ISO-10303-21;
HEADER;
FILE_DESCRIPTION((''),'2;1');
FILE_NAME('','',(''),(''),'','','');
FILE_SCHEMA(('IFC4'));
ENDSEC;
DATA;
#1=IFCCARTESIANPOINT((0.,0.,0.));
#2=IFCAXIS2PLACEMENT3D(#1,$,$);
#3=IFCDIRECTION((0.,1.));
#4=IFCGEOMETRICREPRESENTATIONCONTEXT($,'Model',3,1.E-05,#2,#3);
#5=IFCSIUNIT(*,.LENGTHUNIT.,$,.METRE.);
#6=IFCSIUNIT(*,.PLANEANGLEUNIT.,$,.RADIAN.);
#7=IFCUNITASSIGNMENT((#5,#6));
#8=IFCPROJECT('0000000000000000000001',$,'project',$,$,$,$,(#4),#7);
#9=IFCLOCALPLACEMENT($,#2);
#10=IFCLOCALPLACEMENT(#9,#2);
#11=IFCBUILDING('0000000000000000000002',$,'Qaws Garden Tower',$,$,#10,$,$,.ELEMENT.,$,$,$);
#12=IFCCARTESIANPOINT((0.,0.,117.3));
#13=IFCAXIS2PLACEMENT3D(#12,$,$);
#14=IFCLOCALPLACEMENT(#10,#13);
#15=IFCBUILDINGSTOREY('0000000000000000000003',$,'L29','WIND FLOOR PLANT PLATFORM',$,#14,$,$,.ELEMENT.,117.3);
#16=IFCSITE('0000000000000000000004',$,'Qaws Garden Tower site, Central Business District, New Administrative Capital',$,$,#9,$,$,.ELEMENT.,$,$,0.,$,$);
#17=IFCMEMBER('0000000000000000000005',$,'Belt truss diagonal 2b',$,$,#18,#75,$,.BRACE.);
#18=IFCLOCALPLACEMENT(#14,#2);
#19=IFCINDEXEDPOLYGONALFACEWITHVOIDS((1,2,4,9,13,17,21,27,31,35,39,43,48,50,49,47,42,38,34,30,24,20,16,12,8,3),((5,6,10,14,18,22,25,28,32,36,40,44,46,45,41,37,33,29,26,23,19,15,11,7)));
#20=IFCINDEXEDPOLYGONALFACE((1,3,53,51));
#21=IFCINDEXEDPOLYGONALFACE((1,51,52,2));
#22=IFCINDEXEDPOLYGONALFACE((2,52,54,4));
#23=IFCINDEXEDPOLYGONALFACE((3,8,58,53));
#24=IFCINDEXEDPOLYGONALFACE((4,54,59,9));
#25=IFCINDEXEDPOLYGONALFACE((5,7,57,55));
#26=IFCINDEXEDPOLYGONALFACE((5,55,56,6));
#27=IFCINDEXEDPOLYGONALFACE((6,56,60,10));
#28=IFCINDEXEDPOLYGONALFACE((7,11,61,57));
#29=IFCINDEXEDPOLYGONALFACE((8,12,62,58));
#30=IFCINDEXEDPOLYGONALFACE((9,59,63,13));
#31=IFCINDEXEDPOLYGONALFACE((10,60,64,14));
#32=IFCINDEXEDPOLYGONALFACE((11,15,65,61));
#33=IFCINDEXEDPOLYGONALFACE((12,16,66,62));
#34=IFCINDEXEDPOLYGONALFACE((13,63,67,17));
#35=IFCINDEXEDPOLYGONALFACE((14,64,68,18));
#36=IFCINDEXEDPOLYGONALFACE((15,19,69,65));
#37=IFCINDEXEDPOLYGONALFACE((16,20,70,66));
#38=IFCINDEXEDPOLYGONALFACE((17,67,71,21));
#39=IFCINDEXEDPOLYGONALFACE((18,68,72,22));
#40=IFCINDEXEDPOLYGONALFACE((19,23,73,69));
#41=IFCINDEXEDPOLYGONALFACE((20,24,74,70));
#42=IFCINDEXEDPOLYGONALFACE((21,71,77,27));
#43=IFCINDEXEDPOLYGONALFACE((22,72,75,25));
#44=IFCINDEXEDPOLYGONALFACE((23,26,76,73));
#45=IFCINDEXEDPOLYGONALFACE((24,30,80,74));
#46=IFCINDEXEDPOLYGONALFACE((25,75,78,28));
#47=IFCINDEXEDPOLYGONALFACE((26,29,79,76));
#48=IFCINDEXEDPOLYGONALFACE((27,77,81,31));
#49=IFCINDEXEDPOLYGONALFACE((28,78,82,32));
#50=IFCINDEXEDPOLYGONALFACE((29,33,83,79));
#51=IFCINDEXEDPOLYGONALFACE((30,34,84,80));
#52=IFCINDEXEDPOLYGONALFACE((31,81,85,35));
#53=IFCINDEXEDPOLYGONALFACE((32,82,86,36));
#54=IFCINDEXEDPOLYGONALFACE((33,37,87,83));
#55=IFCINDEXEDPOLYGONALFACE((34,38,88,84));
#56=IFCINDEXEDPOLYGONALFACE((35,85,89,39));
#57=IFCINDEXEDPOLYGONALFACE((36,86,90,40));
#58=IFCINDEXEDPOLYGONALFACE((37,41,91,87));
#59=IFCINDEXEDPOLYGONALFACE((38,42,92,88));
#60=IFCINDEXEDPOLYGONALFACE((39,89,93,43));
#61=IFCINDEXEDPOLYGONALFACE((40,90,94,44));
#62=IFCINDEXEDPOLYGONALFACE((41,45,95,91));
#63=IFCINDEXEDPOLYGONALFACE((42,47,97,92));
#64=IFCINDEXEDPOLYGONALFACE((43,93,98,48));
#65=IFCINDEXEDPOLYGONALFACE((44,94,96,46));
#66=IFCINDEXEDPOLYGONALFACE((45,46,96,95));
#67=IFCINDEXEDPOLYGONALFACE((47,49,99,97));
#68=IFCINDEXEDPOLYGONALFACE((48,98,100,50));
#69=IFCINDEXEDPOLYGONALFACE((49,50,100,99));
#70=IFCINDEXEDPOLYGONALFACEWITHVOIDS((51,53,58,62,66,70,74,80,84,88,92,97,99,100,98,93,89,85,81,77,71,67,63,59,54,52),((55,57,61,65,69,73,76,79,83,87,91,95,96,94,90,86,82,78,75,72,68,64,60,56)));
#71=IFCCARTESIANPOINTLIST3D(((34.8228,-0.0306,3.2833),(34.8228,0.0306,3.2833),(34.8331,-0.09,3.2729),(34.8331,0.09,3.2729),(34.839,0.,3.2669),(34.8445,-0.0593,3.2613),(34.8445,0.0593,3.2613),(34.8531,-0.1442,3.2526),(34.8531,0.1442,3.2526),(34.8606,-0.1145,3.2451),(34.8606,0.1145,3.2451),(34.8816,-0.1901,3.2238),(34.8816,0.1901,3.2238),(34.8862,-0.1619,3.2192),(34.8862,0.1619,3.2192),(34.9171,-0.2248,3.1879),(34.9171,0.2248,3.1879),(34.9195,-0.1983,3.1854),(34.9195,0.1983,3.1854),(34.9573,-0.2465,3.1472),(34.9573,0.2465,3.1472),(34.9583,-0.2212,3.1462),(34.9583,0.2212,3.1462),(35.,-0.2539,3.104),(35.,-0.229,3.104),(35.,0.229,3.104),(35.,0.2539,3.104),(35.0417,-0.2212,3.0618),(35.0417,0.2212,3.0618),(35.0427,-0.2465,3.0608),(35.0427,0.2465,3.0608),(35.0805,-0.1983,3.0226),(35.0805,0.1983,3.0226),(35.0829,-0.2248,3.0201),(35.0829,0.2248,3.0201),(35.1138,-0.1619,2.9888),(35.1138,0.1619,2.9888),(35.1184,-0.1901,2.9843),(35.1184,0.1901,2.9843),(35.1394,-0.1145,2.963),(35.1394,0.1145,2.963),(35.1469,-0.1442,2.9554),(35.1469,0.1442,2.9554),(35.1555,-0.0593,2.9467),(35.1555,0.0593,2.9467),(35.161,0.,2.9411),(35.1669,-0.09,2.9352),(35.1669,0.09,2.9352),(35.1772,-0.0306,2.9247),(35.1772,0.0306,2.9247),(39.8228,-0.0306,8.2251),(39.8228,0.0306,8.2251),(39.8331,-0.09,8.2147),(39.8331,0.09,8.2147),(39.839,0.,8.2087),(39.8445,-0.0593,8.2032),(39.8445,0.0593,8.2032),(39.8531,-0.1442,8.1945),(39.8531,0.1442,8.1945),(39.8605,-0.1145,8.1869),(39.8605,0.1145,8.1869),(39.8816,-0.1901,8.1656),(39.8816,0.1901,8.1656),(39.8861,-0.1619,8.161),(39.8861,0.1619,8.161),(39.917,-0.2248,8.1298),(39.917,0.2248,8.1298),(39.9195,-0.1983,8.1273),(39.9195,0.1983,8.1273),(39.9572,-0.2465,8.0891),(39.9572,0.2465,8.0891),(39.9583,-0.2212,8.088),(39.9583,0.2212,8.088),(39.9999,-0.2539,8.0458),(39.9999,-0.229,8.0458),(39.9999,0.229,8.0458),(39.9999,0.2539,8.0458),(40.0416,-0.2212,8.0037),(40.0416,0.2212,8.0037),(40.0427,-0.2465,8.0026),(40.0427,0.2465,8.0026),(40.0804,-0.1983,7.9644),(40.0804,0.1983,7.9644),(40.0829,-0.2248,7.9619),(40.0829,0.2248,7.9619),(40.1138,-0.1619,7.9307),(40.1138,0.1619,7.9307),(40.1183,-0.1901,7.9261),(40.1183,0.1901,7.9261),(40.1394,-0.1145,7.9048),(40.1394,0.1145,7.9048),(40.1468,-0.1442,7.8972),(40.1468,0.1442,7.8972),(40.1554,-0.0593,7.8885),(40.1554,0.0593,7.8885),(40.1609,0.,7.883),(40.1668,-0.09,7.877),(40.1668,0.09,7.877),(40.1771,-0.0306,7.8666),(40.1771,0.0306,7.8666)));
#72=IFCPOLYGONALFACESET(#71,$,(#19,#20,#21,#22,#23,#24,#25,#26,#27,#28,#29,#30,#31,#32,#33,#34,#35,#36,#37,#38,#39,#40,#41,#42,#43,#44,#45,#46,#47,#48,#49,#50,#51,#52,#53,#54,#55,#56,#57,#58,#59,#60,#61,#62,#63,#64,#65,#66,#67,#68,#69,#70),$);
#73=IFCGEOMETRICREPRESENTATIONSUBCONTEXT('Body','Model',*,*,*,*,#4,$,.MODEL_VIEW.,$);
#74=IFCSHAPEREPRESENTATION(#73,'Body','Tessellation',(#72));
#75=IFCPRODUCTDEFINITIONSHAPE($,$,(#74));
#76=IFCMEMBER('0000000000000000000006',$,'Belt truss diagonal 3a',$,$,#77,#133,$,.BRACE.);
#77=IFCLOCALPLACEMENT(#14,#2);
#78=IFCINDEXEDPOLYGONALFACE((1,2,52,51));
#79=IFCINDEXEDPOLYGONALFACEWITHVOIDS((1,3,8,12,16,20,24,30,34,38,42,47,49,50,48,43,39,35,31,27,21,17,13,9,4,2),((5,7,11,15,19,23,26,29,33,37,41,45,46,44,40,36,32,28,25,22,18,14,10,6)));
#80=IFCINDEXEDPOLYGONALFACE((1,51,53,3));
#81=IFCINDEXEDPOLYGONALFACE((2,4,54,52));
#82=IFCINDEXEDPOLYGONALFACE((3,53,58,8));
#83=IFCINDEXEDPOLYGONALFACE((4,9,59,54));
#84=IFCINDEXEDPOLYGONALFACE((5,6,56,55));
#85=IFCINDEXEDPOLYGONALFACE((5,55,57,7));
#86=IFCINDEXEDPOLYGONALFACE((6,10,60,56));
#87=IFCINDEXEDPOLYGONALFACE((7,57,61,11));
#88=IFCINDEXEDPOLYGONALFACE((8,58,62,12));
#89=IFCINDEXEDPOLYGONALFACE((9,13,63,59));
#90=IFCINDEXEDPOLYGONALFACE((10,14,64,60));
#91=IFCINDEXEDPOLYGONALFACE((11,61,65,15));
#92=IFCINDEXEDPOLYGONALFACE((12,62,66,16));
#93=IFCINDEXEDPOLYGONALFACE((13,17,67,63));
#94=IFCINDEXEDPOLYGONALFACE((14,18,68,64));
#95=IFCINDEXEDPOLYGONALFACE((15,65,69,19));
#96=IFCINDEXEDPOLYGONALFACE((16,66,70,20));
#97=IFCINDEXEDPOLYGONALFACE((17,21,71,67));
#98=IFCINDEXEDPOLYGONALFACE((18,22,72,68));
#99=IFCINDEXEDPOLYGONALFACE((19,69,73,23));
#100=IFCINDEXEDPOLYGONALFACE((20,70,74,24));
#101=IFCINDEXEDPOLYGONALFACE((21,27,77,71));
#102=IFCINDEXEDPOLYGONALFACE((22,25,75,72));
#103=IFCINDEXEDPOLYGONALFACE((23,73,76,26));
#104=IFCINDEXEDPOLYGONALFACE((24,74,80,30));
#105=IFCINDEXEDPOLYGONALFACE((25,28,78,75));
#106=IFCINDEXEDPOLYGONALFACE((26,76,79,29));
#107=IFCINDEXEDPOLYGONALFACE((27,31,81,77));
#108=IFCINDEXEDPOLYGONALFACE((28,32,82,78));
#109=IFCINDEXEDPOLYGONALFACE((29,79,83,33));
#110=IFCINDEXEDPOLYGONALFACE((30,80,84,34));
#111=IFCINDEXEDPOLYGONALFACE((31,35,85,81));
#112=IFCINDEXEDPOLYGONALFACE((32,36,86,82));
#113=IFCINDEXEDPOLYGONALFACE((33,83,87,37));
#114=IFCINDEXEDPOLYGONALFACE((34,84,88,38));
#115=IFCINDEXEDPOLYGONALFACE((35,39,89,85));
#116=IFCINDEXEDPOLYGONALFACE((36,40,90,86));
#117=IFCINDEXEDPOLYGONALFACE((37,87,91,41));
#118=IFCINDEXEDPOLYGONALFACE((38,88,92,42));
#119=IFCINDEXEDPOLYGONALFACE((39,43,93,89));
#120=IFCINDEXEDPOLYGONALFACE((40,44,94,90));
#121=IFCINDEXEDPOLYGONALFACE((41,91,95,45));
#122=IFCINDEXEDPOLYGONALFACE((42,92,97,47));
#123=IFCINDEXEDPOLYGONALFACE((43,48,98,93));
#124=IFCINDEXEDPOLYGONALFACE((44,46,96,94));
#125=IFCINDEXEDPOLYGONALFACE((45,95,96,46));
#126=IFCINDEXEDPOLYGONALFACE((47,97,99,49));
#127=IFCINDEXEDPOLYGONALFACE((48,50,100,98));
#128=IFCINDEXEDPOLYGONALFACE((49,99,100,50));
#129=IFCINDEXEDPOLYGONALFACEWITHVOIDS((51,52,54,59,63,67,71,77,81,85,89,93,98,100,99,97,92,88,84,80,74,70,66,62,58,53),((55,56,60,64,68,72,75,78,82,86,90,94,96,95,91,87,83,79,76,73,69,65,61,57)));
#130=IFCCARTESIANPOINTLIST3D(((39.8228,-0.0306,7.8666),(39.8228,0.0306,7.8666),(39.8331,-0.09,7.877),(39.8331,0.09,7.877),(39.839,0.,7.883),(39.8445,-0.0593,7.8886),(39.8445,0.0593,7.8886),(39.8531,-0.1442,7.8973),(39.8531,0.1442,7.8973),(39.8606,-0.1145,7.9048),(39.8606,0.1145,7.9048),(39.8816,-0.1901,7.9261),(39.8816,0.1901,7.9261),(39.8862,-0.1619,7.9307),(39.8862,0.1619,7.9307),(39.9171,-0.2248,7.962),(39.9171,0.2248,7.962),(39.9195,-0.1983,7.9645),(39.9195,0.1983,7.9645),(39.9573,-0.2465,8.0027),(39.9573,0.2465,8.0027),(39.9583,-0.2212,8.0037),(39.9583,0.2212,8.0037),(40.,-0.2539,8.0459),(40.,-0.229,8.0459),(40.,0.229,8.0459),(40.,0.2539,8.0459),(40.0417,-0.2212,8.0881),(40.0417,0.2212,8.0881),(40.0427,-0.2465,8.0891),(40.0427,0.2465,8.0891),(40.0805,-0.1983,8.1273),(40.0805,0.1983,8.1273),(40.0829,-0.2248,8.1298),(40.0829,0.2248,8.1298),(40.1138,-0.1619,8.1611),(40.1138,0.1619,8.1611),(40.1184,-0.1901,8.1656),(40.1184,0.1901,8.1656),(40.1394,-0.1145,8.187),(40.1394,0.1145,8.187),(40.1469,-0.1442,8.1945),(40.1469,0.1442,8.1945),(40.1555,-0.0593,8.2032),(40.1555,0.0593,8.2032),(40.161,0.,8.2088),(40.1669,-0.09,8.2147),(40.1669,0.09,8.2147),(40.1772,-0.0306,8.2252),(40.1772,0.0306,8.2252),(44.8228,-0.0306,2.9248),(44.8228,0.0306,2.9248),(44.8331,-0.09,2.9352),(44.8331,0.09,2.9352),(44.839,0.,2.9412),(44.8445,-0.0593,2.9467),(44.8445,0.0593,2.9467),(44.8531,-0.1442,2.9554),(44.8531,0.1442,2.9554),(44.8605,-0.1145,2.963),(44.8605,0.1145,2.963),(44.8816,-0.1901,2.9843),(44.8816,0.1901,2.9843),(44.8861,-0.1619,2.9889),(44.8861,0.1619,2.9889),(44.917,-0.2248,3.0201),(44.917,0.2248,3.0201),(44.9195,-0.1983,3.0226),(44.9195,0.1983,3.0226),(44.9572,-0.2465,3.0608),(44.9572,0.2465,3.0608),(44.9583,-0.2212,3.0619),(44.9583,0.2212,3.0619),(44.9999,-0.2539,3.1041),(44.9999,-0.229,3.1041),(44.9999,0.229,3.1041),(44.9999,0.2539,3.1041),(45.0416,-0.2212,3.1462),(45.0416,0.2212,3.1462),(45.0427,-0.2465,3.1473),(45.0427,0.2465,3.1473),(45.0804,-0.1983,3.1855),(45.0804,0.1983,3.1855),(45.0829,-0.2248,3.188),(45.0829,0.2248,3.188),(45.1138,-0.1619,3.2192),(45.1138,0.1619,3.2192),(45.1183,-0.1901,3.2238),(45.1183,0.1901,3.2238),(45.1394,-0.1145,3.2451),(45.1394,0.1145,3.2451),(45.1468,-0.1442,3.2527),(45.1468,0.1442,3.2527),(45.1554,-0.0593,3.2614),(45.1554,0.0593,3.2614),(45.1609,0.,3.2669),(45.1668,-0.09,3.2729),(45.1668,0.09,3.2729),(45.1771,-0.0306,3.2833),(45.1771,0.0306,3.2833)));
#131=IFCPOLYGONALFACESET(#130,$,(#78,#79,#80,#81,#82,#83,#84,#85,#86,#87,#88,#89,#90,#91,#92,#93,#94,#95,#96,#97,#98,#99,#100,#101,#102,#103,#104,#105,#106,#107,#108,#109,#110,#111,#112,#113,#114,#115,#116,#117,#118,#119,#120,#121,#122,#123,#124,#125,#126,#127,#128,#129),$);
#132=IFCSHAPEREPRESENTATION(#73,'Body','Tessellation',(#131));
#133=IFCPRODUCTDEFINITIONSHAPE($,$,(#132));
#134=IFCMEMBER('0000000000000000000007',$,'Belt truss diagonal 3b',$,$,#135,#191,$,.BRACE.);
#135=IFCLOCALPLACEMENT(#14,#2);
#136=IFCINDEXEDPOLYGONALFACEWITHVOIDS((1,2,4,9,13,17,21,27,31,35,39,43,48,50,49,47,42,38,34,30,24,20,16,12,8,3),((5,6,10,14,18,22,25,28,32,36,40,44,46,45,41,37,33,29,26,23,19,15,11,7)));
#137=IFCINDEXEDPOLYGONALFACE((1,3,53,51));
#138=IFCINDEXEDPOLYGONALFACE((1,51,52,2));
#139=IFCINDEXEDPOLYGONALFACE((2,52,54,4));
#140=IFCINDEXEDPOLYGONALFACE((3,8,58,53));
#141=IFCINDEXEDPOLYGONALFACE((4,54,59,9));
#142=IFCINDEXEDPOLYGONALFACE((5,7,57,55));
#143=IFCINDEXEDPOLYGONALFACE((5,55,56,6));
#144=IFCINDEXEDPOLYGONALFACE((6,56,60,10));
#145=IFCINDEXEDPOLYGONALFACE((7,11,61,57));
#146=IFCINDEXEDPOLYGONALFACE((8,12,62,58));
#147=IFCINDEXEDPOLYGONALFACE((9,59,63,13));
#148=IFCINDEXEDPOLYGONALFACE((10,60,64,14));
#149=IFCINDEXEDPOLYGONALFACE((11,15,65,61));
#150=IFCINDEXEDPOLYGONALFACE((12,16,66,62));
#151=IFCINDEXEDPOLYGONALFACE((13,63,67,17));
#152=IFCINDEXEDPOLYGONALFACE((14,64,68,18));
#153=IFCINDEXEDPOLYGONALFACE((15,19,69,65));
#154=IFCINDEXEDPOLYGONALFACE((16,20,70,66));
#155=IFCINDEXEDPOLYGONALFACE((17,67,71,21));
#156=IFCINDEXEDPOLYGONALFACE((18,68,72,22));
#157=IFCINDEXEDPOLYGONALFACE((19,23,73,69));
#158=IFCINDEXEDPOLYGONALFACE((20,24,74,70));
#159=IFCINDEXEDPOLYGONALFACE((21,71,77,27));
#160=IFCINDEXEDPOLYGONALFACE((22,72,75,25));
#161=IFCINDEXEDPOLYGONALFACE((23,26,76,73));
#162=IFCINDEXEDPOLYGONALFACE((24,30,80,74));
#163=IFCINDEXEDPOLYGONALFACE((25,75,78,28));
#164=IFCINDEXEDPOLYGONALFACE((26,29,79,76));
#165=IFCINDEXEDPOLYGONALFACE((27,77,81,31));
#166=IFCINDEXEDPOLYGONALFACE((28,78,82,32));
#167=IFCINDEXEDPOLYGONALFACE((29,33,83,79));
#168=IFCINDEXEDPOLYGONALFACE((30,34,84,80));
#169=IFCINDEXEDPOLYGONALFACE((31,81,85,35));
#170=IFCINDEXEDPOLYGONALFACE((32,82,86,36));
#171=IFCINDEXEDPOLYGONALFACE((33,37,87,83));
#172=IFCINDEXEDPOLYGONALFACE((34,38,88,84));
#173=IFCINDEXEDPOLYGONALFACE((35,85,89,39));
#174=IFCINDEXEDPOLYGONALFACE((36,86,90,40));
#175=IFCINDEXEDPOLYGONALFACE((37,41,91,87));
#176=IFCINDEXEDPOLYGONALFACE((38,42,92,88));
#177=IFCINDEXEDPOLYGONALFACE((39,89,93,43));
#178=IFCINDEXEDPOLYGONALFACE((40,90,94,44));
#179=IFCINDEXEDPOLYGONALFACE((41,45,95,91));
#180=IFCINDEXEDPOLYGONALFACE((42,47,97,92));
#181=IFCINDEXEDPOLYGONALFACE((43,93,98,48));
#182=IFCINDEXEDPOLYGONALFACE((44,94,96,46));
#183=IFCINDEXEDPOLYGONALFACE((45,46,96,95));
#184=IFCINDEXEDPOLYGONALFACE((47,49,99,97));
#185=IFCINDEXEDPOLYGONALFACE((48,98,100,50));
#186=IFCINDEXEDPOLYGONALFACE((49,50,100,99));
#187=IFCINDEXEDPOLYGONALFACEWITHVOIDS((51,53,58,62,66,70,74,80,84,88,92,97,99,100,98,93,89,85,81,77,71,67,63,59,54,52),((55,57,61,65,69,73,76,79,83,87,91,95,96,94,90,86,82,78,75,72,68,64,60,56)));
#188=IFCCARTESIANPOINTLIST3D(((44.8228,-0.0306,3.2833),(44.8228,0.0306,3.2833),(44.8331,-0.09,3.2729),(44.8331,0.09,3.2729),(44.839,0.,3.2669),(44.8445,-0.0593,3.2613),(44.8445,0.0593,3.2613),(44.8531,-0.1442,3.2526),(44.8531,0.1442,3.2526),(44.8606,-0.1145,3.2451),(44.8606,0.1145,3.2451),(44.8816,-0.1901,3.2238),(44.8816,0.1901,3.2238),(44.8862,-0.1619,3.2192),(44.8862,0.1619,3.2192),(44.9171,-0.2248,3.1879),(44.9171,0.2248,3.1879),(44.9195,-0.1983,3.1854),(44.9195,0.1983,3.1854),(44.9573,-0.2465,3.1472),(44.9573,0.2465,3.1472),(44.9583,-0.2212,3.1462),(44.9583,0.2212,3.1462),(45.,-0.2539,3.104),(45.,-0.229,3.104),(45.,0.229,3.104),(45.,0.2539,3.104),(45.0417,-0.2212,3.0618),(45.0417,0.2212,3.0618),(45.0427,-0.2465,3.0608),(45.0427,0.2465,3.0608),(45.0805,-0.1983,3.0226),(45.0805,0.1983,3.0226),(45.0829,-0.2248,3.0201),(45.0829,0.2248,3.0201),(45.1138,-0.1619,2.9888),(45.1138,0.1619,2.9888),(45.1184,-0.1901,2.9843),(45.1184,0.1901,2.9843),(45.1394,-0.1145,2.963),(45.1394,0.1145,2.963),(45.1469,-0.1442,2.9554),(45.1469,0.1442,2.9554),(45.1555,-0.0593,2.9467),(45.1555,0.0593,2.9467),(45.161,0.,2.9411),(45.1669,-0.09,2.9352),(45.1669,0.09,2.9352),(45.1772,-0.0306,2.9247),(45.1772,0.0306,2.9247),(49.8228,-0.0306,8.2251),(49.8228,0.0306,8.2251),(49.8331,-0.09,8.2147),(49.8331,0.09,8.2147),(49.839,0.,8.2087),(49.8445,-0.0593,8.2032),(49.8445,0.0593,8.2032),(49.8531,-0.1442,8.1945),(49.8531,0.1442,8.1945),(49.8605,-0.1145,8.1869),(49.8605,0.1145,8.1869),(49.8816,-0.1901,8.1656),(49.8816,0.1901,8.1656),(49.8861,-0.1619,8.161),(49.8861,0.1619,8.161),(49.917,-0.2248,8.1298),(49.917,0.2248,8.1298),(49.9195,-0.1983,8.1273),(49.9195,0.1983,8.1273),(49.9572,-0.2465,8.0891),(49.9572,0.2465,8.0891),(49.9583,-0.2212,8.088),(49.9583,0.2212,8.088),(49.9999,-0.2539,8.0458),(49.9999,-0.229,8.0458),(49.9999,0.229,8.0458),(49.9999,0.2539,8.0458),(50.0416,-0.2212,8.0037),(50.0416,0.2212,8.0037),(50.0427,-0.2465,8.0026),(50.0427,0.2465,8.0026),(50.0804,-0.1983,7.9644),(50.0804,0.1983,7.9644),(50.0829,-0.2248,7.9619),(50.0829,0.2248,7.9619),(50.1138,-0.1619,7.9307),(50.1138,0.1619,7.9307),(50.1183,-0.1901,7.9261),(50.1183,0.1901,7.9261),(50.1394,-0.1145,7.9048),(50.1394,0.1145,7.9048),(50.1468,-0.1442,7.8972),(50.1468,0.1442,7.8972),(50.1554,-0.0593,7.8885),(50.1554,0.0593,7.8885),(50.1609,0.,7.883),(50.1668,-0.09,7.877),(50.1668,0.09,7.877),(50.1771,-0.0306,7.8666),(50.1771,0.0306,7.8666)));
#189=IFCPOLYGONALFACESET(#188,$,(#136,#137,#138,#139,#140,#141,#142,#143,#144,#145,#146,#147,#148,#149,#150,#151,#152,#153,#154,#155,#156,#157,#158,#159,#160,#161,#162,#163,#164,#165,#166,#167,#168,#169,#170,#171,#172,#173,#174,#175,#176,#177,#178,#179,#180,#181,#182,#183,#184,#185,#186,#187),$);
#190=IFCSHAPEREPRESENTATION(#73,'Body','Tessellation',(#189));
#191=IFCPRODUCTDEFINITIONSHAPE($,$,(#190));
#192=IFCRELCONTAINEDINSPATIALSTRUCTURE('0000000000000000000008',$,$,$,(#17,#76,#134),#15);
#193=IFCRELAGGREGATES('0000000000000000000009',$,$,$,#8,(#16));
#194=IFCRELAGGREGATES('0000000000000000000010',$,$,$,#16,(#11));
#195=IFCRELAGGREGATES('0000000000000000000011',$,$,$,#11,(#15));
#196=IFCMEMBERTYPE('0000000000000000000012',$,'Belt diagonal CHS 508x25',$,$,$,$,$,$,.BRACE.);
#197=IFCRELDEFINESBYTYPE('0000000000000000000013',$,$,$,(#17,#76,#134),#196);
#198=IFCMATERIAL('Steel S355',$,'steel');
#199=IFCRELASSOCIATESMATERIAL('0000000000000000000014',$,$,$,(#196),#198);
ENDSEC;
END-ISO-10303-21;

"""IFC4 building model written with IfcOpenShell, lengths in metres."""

from ifc_helpers import new_model, si_unit, direction, frame, origin, origin_2d, place, context, subcontext, project, spatial, hollow_circle, extrude, material, material_profile, profile_set, type_object, element, save


model = new_model("IFC4")

# Units and contexts
model_context = context("Model", 3, precision=1e-05, world=origin(), true_north=direction((0.0, 1.0)))
body_context = subcontext(model_context, "Body", "Model", "MODEL_VIEW")
ifc_project = project(units=[si_unit("LENGTHUNIT", "METRE"), si_unit("PLANEANGLEUNIT", "RADIAN")], contexts=[model_context])

# Site, building, storey
site_placement = place(None, origin())
site = spatial("IfcSite", under=ifc_project, at=site_placement, Name="Qaws Garden Tower site, Central Business District, New Administrative Capital", CompositionType="ELEMENT", RefElevation=0.0)
building_placement = place(site_placement, origin())
building = spatial("IfcBuilding", under=site, at=building_placement, Name="Qaws Garden Tower", CompositionType="ELEMENT")
storey_placement = place(building_placement, frame((0.0, 0.0, 117.3)))
storey = spatial("IfcBuildingStorey", under=building, at=storey_placement, Name="L29", Description="WIND FLOOR PLANT PLATFORM", CompositionType="ELEMENT", Elevation=117.3)

# Members
ifc_material_1 = material(Name="Steel S355", Category="steel")
ifc_material_profile_1 = material_profile(ifc_material_1, hollow_circle(Radius=0.2539, WallThickness=0.0249, at=origin_2d()), Name="CHS 508x25")
ifc_profile_set_1 = profile_set([ifc_material_profile_1], Name="Steel S355")
member_type_1 = type_object("IfcMemberType", Name="Belt diagonal CHS 508x25", PredefinedType="BRACE", material=ifc_profile_set_1)
for number, where, z_axis, x_axis, name in (
    (1, (35.0, 0.0, 3.104), (0.711227, 0.0, 0.702962), (0.0, 1.0, 0.0), "Belt truss diagonal 2b"),
    (2, (40.0, 0.0, 8.0459), (0.711227, 0.0, -0.702962), (0.0, 1.0, 0.0), "Belt truss diagonal 3a"),
    (3, (45.0, 0.0, 3.104), (0.711227, 0.0, 0.702962), (0.0, 1.0, 0.0), "Belt truss diagonal 3b"),
):
    element("IfcMember", number, at=place(storey_placement, frame(where, z_axis=z_axis, x_axis=x_axis)), inside=storey, type_object=member_type_1, Name=name, PredefinedType="BRACE", context=body_context, shape_type="SweptSolid", body=[
        extrude(hollow_circle(Radius=0.2539, WallThickness=0.0249, at=origin_2d()), origin(), (0.0, 0.0, 1.0), 7.03),
    ])

save(model, "model.ifc")
